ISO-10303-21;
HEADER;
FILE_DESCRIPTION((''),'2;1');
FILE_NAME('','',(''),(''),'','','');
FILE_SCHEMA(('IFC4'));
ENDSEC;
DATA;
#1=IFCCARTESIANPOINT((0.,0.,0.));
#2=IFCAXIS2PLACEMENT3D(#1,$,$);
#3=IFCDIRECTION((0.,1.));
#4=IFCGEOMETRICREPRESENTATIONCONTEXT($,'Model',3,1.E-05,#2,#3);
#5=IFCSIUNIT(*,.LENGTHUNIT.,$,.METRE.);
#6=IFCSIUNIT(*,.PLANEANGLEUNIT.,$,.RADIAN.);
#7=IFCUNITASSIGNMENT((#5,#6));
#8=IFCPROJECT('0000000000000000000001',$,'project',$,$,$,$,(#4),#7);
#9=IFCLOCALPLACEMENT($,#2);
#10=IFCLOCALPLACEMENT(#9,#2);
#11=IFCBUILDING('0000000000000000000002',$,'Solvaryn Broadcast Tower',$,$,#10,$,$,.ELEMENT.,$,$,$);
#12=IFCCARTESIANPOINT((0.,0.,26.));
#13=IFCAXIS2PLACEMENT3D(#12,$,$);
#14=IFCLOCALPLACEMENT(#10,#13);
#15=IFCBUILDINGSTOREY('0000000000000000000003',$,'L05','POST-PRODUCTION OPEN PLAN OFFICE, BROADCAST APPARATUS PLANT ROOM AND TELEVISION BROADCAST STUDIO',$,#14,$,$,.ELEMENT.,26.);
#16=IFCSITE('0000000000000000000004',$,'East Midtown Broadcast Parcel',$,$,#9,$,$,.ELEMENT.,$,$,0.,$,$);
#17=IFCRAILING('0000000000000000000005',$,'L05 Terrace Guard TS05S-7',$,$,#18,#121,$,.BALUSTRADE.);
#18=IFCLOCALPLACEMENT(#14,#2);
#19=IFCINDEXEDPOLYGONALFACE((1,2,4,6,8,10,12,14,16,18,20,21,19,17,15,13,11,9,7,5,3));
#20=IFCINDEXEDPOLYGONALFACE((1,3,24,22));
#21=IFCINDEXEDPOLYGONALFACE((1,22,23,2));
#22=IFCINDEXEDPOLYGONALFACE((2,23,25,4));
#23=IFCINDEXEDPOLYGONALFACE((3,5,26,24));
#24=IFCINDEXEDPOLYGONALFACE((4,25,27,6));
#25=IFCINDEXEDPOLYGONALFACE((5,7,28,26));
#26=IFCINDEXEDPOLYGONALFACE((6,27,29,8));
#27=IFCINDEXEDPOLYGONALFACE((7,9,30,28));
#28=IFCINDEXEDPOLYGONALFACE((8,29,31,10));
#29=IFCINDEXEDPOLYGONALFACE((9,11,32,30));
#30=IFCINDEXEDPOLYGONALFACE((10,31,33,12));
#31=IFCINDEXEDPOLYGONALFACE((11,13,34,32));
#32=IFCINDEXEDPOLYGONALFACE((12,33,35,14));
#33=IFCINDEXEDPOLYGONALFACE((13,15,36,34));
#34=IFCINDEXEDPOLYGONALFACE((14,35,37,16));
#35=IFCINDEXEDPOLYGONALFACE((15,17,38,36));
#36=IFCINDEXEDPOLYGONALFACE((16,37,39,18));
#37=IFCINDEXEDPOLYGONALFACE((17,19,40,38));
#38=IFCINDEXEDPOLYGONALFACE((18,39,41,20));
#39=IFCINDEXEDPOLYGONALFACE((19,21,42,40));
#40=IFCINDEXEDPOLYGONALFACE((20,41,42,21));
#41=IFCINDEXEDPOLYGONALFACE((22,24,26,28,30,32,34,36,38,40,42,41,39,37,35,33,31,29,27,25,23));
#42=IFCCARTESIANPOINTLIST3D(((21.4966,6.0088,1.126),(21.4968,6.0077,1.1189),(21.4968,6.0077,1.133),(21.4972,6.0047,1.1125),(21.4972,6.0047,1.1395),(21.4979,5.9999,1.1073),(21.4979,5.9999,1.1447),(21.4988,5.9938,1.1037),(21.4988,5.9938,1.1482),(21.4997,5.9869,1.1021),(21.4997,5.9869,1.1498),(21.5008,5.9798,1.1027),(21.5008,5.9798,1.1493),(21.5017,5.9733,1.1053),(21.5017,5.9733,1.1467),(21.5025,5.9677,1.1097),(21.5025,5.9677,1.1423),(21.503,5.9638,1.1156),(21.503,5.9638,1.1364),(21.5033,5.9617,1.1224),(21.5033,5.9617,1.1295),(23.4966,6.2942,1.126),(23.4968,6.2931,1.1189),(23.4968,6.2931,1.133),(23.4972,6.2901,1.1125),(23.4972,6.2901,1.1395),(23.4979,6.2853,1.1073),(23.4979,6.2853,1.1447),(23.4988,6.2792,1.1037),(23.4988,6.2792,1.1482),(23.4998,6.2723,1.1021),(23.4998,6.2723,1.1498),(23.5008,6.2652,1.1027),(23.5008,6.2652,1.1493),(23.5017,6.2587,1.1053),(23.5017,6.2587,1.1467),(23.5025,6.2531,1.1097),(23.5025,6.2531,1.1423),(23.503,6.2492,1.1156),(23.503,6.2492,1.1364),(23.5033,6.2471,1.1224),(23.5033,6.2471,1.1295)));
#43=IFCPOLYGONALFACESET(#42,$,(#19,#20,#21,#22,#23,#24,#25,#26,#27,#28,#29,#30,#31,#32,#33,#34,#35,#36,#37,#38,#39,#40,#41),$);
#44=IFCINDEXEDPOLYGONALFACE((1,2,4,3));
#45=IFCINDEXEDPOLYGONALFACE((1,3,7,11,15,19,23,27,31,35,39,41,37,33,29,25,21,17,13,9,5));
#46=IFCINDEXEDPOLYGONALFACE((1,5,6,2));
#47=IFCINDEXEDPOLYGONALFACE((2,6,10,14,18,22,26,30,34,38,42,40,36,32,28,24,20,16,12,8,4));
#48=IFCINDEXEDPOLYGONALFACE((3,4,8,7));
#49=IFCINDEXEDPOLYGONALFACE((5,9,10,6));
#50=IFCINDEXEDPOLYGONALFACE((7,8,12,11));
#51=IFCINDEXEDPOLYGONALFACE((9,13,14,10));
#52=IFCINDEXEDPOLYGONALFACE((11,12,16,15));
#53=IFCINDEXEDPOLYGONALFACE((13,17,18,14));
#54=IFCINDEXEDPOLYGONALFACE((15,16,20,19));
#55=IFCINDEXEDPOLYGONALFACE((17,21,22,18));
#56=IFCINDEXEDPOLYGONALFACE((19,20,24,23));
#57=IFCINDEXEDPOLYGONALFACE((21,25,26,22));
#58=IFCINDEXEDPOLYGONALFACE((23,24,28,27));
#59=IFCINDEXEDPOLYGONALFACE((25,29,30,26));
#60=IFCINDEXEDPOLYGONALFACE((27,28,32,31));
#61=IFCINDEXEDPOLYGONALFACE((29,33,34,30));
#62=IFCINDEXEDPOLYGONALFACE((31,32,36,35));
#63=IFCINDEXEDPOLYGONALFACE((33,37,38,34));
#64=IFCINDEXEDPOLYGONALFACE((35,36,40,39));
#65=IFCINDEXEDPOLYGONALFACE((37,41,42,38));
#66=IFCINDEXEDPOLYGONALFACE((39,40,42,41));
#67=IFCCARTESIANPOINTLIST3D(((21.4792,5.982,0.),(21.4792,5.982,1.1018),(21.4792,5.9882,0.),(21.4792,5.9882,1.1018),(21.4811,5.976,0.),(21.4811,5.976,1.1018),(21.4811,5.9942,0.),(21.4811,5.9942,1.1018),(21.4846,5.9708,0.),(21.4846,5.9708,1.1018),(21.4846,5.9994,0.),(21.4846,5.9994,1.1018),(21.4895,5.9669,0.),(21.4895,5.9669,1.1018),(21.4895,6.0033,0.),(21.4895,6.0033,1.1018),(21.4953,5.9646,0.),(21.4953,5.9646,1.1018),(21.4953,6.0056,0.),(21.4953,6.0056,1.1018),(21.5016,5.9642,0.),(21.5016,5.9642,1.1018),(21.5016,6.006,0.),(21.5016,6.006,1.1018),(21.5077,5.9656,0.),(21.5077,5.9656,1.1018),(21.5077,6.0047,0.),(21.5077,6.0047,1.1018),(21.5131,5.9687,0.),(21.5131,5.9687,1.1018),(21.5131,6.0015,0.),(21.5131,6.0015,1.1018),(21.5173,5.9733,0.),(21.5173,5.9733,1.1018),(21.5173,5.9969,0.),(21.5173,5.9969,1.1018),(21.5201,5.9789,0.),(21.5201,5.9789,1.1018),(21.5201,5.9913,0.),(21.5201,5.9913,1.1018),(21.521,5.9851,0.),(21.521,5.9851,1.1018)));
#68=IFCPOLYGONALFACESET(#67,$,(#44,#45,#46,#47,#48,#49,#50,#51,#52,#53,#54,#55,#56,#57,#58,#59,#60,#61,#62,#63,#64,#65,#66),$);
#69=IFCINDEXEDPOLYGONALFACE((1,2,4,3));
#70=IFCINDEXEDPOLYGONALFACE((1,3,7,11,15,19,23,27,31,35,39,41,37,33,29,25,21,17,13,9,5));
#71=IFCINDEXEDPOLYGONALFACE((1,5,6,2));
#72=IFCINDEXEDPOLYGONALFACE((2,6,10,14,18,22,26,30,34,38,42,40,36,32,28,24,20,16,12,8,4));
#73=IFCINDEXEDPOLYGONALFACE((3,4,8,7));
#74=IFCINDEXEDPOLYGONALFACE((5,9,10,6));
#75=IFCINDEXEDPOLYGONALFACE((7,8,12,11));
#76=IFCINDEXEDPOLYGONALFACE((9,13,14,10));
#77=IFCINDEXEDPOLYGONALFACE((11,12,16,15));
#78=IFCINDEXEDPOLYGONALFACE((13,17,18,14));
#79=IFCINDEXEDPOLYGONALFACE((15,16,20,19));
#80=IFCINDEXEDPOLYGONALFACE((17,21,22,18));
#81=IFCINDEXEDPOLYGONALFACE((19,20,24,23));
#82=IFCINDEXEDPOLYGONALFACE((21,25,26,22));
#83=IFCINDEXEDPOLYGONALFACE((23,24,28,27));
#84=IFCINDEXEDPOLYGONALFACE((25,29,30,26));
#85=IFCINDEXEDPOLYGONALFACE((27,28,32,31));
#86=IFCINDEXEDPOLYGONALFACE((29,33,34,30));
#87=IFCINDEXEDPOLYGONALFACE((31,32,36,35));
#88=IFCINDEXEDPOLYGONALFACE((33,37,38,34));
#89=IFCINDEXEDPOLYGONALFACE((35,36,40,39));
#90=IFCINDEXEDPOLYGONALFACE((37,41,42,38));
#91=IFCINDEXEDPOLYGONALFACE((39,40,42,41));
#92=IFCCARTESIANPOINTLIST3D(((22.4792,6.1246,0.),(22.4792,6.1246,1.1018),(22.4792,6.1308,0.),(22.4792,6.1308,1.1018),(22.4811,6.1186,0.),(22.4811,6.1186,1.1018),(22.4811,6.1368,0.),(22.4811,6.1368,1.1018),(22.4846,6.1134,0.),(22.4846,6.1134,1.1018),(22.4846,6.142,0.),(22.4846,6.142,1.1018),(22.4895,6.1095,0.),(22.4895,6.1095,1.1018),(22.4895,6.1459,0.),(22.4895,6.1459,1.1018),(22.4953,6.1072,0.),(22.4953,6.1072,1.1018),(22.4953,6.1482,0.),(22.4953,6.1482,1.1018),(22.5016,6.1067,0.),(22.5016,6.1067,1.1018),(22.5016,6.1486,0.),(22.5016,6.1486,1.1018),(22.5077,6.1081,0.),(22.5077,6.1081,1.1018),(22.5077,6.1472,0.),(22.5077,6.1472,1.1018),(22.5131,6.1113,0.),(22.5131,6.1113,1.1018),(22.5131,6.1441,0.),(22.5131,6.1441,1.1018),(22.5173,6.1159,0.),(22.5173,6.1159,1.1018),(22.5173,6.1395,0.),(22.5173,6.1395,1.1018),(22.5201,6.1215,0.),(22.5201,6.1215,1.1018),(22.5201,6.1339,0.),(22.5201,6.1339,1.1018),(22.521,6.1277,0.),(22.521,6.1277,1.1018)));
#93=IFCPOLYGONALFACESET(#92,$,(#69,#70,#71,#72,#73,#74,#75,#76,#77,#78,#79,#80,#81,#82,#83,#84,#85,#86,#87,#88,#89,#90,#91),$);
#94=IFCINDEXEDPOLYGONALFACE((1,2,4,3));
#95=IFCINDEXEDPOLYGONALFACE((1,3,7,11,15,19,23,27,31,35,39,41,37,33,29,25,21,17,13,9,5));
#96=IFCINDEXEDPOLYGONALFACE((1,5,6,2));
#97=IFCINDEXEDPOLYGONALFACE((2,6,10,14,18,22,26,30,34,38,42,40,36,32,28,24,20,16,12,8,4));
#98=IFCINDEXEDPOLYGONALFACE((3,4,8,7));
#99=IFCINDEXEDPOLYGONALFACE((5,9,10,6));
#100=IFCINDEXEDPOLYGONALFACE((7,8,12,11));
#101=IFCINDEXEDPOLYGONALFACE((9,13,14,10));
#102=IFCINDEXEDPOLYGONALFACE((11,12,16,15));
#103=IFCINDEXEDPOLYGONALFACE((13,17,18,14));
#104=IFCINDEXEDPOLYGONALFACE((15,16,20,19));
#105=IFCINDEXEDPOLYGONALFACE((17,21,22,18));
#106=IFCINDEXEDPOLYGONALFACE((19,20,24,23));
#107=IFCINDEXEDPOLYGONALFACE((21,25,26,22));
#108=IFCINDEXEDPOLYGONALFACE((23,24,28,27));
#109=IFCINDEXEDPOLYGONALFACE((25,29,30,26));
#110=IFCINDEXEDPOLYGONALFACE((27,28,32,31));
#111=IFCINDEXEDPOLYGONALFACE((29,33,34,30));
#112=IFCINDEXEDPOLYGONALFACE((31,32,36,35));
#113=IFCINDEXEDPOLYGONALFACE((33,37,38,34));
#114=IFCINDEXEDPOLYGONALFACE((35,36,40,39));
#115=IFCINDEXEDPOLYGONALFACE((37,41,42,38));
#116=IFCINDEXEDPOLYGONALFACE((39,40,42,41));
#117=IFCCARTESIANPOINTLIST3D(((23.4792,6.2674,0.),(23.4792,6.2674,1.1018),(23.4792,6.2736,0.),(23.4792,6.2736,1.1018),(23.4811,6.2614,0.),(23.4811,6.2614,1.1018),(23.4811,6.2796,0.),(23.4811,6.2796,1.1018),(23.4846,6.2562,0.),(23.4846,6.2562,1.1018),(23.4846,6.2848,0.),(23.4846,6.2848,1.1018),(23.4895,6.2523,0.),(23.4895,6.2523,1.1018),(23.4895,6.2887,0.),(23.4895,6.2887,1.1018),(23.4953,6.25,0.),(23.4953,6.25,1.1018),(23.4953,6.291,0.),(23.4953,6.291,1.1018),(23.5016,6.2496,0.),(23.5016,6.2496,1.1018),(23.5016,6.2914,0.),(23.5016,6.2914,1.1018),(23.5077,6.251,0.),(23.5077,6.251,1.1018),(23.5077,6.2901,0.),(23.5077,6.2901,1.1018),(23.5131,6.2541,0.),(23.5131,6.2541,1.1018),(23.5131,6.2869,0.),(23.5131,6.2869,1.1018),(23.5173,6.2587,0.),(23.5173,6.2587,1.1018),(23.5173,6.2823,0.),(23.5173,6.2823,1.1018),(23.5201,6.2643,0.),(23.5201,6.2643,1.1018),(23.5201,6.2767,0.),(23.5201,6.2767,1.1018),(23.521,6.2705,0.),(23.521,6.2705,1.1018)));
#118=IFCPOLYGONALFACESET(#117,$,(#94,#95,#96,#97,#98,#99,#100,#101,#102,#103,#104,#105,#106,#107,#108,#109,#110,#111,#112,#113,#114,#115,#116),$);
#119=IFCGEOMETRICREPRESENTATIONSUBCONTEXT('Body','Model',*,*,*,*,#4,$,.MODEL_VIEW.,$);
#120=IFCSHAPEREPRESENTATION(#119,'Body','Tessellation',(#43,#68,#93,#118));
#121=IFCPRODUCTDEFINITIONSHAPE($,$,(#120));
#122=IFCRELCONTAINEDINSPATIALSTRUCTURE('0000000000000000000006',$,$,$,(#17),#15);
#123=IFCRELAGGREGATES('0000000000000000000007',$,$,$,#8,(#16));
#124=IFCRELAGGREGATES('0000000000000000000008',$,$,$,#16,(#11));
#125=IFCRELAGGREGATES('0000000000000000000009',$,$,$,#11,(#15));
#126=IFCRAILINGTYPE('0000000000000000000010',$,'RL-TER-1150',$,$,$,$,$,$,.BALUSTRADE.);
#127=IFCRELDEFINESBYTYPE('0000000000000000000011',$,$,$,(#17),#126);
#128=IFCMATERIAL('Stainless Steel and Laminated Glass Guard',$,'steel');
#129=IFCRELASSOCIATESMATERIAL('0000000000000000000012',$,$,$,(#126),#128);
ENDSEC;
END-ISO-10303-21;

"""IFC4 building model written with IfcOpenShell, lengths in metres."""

from ifc_helpers import new_model, si_unit, direction, frame, origin, origin_2d, place, context, subcontext, project, spatial, circle, extrude, material, type_object, element, save


model = new_model("IFC4")

# Units and contexts
model_context = context("Model", 3, precision=1e-05, world=origin(), true_north=direction((0.0, 1.0)))
body_context = subcontext(model_context, "Body", "Model", "MODEL_VIEW")
ifc_project = project(units=[si_unit("LENGTHUNIT", "METRE"), si_unit("PLANEANGLEUNIT", "RADIAN")], contexts=[model_context])

# Site, building, storey
site_placement = place(None, origin())
site = spatial("IfcSite", under=ifc_project, at=site_placement, Name="East Midtown Broadcast Parcel", CompositionType="ELEMENT", RefElevation=0.0)
building_placement = place(site_placement, origin())
building = spatial("IfcBuilding", under=site, at=building_placement, Name="Solvaryn Broadcast Tower", CompositionType="ELEMENT")
storey_placement = place(building_placement, frame((0.0, 0.0, 26.0)))
storey = spatial("IfcBuildingStorey", under=building, at=storey_placement, Name="L05", Description="POST-PRODUCTION OPEN PLAN OFFICE, BROADCAST APPARATUS PLANT ROOM AND TELEVISION BROADCAST STUDIO", CompositionType="ELEMENT", Elevation=26.0)

# Railing
ifc_material_1 = material(Name="Stainless Steel and Laminated Glass Guard", Category="steel")
railing_type = type_object("IfcRailingType", Name="RL-TER-1150", PredefinedType="BALUSTRADE", material=ifc_material_1)
railing_1_placement = place(storey_placement, frame((21.5, 5.9851, 0.0)))
element("IfcRailing", 1, at=railing_1_placement, inside=storey, type_object=railing_type, Name="L05 Terrace Guard TS05S-7", PredefinedType="BALUSTRADE", context=body_context, shape_type="SweptSolid", body=[
    extrude(circle(Radius=0.0239, at=origin_2d()), frame((0.0, 0.0, 1.126), z_axis=(0.989971, 0.141269, 0.0), x_axis=(-0.141269, 0.989971, 0.0)), (0.0, 0.0, 1.0), 2.0203),
    extrude(circle(Radius=0.021, at=origin_2d()), origin(), (0.0, 0.0, 1.0), 1.1018),
    extrude(circle(Radius=0.021, at=origin_2d()), frame((1.0, 0.1426, 0.0)), (0.0, 0.0, 1.0), 1.1018),
    extrude(circle(Radius=0.021, at=origin_2d()), frame((2.0, 0.2854, 0.0)), (0.0, 0.0, 1.0), 1.1018),
])

save(model, "model.ifc")
